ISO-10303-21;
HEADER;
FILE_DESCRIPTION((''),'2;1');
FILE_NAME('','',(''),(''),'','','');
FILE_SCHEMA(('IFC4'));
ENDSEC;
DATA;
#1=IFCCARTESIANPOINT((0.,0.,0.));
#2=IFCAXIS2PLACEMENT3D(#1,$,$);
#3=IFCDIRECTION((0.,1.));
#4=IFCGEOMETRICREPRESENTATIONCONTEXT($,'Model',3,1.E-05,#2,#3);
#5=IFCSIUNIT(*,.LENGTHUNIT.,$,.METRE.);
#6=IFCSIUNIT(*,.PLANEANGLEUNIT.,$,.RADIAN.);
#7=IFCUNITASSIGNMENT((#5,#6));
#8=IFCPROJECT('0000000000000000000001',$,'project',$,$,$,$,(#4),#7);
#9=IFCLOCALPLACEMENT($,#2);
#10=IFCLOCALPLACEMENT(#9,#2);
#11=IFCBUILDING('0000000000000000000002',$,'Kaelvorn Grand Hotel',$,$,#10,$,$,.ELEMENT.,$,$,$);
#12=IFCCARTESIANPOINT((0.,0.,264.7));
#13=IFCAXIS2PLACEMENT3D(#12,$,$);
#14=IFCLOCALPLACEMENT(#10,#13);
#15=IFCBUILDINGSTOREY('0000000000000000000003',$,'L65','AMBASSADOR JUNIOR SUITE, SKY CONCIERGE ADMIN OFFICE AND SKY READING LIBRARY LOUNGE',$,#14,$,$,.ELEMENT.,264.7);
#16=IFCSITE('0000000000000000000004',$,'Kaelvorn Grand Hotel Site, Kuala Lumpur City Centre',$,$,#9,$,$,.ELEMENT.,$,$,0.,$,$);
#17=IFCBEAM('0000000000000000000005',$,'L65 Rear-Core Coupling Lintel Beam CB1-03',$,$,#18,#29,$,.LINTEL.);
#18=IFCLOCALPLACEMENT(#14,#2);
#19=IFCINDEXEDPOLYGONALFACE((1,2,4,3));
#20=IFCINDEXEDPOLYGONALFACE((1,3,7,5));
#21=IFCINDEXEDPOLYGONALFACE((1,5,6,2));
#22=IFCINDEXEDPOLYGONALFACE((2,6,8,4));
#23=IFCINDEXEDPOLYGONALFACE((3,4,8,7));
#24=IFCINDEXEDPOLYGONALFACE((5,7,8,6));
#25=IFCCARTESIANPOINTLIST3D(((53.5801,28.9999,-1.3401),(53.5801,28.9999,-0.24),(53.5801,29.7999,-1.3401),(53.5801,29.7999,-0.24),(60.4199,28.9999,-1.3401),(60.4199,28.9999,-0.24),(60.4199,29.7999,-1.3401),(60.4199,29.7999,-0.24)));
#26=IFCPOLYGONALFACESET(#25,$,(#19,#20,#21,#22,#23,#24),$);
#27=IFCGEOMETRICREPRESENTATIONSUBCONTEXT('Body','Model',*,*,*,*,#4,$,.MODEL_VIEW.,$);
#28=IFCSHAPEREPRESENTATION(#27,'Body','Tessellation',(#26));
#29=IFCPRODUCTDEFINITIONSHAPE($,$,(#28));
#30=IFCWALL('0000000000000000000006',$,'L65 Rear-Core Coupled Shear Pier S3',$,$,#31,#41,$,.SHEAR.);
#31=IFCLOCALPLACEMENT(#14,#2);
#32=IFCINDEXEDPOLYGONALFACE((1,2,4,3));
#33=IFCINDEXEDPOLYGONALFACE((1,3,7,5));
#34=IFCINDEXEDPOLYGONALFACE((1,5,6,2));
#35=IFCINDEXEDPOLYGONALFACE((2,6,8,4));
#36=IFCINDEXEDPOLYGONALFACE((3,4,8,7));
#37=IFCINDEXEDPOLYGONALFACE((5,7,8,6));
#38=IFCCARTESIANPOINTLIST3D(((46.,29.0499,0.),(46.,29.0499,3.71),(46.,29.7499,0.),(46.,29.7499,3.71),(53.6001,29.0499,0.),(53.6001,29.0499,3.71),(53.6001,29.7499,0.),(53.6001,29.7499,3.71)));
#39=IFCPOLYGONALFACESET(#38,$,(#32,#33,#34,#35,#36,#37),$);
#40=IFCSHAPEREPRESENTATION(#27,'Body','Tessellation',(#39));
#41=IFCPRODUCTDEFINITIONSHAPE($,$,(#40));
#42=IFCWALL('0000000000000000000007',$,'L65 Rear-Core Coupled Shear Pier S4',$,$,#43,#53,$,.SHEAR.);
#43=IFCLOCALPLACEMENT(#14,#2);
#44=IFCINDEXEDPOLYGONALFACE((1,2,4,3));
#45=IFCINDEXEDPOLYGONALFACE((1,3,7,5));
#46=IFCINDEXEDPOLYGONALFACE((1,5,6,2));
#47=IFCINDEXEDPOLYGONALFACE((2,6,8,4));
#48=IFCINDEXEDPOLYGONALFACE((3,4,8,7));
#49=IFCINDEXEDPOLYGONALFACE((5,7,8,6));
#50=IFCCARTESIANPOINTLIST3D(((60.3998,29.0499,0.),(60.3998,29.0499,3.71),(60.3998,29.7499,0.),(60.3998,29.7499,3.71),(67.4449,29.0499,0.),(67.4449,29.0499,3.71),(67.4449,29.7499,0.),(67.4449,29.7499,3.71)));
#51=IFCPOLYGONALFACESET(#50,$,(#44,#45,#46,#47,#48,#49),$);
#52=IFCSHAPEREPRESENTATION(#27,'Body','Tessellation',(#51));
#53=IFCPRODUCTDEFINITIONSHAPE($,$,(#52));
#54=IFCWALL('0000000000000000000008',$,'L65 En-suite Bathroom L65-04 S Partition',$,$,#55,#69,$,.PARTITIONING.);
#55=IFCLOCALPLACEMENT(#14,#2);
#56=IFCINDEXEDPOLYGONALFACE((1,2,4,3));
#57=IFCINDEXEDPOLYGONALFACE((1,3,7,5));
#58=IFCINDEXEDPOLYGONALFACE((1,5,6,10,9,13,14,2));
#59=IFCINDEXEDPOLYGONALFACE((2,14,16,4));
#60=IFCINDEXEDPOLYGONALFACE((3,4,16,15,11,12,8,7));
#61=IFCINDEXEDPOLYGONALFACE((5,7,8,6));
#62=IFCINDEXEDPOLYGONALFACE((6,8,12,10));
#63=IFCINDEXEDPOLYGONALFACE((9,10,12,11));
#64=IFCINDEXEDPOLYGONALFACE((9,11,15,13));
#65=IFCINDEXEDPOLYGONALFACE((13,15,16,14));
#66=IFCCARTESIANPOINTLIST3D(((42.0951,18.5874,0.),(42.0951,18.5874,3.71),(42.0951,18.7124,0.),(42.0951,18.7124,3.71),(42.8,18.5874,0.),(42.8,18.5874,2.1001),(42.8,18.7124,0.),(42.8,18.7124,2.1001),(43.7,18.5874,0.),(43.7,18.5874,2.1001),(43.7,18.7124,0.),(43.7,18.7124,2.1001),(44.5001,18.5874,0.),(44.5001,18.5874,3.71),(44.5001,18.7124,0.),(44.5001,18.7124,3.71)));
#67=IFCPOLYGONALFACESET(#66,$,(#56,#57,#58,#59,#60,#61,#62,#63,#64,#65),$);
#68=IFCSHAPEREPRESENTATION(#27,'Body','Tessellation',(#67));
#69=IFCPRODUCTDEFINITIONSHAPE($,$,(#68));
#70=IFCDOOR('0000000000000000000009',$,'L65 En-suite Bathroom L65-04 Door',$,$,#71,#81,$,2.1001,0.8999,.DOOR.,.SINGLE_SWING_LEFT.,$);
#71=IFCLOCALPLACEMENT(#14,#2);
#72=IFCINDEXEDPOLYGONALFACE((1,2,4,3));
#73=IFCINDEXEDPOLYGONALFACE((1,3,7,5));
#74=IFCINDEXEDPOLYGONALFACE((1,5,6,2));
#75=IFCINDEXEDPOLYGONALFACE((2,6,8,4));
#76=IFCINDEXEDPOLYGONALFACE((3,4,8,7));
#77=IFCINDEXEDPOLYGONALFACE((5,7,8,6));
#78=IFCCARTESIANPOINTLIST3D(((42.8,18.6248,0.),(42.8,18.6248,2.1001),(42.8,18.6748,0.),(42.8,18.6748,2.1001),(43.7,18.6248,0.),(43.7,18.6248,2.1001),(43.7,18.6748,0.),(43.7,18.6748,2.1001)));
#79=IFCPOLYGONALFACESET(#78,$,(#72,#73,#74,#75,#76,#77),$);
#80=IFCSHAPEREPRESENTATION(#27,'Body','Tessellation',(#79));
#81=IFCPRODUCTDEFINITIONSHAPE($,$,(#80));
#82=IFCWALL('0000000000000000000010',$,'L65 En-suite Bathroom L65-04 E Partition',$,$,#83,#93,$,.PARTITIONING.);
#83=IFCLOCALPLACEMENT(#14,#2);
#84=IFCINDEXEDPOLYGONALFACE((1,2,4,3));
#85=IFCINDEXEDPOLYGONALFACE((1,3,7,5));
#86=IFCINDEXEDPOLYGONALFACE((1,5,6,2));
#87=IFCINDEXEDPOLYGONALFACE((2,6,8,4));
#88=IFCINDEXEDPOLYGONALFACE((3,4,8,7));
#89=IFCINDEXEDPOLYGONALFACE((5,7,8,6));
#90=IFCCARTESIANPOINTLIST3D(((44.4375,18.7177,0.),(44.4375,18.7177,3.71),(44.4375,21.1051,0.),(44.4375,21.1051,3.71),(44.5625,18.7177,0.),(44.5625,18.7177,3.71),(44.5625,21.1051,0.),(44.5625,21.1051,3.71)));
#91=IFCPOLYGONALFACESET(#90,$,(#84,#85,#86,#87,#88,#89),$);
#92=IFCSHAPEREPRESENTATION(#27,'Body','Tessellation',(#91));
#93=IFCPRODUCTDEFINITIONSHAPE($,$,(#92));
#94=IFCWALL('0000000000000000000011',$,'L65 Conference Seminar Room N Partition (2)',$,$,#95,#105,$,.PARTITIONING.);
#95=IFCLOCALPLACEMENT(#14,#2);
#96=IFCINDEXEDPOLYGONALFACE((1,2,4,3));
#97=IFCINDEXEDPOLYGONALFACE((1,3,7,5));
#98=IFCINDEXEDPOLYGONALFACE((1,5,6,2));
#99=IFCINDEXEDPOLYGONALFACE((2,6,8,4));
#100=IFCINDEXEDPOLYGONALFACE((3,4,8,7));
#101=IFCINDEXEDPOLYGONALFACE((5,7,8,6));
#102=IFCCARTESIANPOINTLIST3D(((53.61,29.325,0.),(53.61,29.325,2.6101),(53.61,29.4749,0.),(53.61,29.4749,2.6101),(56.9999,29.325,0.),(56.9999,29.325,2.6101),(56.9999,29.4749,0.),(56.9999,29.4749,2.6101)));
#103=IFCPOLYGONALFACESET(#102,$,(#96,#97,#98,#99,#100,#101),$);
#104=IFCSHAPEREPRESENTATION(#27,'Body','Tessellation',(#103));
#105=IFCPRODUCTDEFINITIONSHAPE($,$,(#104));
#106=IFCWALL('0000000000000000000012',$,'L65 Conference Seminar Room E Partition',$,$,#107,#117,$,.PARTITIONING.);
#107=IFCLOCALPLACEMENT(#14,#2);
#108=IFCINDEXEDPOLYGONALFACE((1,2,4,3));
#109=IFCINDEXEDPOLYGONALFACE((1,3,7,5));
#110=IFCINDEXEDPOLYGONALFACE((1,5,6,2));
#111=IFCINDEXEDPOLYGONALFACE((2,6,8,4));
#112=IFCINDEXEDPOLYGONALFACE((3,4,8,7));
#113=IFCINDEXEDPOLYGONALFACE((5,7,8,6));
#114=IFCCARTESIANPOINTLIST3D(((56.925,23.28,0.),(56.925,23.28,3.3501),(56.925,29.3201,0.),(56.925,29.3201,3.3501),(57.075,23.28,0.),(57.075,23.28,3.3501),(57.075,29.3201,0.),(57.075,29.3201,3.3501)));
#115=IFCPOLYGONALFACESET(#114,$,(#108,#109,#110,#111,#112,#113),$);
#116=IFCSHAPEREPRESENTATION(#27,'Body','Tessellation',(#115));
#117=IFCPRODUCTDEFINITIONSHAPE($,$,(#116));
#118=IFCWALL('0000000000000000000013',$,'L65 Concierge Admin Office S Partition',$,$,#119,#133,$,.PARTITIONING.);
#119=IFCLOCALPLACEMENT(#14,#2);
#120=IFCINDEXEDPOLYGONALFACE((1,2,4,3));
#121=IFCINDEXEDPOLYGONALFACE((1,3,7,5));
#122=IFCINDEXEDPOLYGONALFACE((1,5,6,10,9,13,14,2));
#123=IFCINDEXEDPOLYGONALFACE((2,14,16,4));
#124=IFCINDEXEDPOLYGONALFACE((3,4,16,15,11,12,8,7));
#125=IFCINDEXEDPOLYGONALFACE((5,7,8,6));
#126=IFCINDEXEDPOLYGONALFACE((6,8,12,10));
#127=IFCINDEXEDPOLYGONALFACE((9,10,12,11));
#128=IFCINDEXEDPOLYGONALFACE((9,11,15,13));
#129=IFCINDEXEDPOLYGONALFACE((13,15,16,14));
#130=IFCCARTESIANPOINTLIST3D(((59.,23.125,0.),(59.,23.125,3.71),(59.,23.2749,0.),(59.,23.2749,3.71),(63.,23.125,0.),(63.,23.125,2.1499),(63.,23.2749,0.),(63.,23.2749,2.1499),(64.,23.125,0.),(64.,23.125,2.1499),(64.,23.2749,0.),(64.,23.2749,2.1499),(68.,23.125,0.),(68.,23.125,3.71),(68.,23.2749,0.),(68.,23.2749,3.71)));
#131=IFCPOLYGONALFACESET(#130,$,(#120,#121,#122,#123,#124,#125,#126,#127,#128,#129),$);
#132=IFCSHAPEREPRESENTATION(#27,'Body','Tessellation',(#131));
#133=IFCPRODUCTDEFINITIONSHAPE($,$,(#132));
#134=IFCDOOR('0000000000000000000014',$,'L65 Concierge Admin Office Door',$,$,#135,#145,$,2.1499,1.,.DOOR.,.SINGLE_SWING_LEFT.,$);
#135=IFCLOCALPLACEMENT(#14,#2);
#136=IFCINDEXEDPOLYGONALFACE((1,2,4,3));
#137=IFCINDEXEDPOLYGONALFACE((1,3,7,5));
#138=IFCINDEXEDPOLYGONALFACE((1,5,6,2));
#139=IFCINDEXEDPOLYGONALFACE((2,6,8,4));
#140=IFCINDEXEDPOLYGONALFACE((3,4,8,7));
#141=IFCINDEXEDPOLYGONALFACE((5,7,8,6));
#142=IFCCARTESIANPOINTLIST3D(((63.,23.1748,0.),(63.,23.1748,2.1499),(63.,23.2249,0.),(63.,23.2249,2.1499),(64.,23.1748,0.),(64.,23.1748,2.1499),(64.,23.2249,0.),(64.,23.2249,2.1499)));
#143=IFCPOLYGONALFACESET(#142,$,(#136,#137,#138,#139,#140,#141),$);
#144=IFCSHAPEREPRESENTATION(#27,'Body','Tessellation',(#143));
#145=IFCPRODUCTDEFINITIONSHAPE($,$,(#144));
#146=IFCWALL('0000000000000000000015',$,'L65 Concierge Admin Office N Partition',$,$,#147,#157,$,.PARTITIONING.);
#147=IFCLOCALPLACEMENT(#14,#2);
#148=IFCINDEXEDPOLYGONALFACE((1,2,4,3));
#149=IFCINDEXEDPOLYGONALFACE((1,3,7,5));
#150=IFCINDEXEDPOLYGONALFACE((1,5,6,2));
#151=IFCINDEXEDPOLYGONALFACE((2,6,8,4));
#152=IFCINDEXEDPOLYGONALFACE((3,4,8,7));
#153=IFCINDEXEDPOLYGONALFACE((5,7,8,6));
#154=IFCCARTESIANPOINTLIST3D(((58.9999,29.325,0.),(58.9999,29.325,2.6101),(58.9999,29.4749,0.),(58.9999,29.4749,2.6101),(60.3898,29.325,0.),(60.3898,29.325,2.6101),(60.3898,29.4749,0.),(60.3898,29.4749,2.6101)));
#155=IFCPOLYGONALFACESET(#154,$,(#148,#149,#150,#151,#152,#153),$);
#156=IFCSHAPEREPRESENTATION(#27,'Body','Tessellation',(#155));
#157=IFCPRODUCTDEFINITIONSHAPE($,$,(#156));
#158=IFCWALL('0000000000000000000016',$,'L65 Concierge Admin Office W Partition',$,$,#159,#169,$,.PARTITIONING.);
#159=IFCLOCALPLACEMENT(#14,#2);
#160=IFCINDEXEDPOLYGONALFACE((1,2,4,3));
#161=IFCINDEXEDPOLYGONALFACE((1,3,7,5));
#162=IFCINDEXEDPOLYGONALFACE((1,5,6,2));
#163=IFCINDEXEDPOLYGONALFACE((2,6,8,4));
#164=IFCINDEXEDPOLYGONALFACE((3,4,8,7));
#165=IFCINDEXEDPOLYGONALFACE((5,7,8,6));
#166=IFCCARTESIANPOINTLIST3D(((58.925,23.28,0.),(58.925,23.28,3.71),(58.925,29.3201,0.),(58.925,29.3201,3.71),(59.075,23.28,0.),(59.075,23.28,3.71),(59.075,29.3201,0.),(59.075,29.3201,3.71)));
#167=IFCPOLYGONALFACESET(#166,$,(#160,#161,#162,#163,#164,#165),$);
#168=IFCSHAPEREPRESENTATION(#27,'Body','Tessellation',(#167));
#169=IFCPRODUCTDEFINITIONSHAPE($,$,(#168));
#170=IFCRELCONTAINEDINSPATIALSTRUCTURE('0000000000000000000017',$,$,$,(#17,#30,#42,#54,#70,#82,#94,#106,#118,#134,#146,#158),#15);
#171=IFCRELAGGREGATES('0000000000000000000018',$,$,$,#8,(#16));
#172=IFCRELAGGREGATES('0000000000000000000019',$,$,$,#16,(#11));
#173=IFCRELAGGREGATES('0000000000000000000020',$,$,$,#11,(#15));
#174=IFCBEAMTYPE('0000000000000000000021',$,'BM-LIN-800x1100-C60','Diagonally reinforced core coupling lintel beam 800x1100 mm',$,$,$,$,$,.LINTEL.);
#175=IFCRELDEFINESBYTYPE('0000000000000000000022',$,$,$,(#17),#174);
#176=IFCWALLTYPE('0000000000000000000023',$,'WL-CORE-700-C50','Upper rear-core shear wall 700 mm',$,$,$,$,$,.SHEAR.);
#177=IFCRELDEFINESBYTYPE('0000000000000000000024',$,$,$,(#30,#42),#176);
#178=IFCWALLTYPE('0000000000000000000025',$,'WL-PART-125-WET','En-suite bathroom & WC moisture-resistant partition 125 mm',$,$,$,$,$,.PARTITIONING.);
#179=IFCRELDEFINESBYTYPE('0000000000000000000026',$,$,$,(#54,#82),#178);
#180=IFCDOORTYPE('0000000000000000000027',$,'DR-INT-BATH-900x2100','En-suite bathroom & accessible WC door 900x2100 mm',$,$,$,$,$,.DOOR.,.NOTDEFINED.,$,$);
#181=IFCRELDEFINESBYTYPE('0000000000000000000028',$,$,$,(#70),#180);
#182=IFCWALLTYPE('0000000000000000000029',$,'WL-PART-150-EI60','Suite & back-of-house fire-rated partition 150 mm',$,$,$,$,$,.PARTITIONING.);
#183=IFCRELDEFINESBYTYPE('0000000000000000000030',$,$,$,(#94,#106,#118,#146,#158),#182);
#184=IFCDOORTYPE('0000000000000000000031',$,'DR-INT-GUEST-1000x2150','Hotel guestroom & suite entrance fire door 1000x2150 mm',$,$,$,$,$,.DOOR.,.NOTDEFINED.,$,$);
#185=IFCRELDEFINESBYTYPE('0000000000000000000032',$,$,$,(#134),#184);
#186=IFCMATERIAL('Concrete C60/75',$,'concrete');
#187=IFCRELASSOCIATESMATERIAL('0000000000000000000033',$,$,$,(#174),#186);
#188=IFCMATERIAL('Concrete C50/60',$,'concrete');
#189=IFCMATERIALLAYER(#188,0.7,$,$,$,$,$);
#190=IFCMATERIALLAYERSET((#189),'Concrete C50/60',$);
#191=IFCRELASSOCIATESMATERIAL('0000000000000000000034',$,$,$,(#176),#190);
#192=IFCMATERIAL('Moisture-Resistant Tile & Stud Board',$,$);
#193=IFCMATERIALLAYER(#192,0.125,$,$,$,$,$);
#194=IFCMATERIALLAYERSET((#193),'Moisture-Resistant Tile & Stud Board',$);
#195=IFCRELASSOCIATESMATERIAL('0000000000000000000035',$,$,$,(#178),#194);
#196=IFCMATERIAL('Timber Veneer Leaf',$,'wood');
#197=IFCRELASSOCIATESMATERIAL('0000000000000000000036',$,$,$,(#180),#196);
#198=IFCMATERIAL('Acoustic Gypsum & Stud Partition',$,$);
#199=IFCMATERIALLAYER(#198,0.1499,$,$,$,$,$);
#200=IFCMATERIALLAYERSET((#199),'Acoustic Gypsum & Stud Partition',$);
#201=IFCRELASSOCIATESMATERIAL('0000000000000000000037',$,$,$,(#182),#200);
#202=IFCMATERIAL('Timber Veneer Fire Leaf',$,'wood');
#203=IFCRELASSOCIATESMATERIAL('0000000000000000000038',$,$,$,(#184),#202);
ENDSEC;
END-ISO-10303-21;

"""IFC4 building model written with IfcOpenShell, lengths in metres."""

from ifc_helpers import new_model, si_unit, direction, frame, frame_2d, origin, origin_2d, place, context, subcontext, project, spatial, rectangle, extrude, material, layer, layer_set, material_profile, profile_set, type_object, element, fill, save


model = new_model("IFC4")

# Units and contexts
model_context = context("Model", 3, precision=1e-05, world=origin(), true_north=direction((0.0, 1.0)))
body_context = subcontext(model_context, "Body", "Model", "MODEL_VIEW")
ifc_project = project(units=[si_unit("LENGTHUNIT", "METRE"), si_unit("PLANEANGLEUNIT", "RADIAN")], contexts=[model_context])

# Site, building, storey
site_placement = place(None, origin())
site = spatial("IfcSite", under=ifc_project, at=site_placement, Name="Kaelvorn Grand Hotel Site, Kuala Lumpur City Centre", CompositionType="ELEMENT", RefElevation=0.0)
building_placement = place(site_placement, origin())
building = spatial("IfcBuilding", under=site, at=building_placement, Name="Kaelvorn Grand Hotel", CompositionType="ELEMENT")
storey_placement = place(building_placement, frame((0.0, 0.0, 264.7)))
storey = spatial("IfcBuildingStorey", under=building, at=storey_placement, Name="L65", Description="AMBASSADOR JUNIOR SUITE, SKY CONCIERGE ADMIN OFFICE AND SKY READING LIBRARY LOUNGE", CompositionType="ELEMENT", Elevation=264.7)

# Shared definitions
ifc_material_1 = material(Name="Concrete C50/60", Category="concrete")

# Beam
ifc_material_2 = material(Name="Concrete C60/75", Category="concrete")
ifc_material_profile_1 = material_profile(ifc_material_2, rectangle(XDim=0.8, YDim=1.1001, at=origin_2d()), Name="RC LINTEL 800x1100")
ifc_profile_set_1 = profile_set([ifc_material_profile_1], Name="Concrete C60/75")
beam_type_1 = type_object("IfcBeamType", Name="BM-LIN-800x1100-C60", Description="Diagonally reinforced core coupling lintel beam 800x1100 mm", PredefinedType="LINTEL", material=ifc_profile_set_1)
beam_1_placement = place(storey_placement, frame((53.5801, 29.3999, -0.79), z_axis=(1.0, 0.0, 0.0), x_axis=(0.0, 1.0, 0.0)))
element("IfcBeam", 1, at=beam_1_placement, inside=storey, type_object=beam_type_1, Name="L65 Rear-Core Coupling Lintel Beam CB1-03", PredefinedType="LINTEL", context=body_context, shape_type="SweptSolid", body=[
    extrude(rectangle(XDim=0.8, YDim=1.1001, at=origin_2d()), origin(), (0.0, 0.0, 1.0), 6.8398),
])

# Walls
ifc_layer_1 = layer(ifc_material_1, 0.7)
ifc_layer_set_1 = layer_set([ifc_layer_1], Name="Concrete C50/60")
wall_type_1 = type_object("IfcWallType", Name="WL-CORE-700-C50", Description="Upper rear-core shear wall 700 mm", PredefinedType="SHEAR", material=ifc_layer_set_1)
wall_1_placement = place(storey_placement, frame((46.0, 29.3999, 0.0), z_axis=(0.0, 0.0, 1.0), x_axis=(1.0, 0.0, 0.0)))
element("IfcWall", 2, at=wall_1_placement, inside=storey, type_object=wall_type_1, Name="L65 Rear-Core Coupled Shear Pier S3", PredefinedType="SHEAR", context=body_context, shape_type="SweptSolid", body=[
    extrude(rectangle(XDim=7.6001, YDim=0.7, at=frame_2d((3.8, 0.0))), origin(), (0.0, 0.0, 1.0), 3.71),
])
wall_2_placement = place(storey_placement, frame((60.3999, 29.3999, 0.0), z_axis=(0.0, 0.0, 1.0), x_axis=(1.0, 0.0, 0.0)))
element("IfcWall", 3, at=wall_2_placement, inside=storey, type_object=wall_type_1, Name="L65 Rear-Core Coupled Shear Pier S4", PredefinedType="SHEAR", context=body_context, shape_type="SweptSolid", body=[
    extrude(rectangle(XDim=7.0452, YDim=0.7, at=frame_2d((3.5225, 0.0))), origin(), (0.0, 0.0, 1.0), 3.71),
])

# Wall, opening, door
ifc_material_3 = material(Name="Moisture-Resistant Tile & Stud Board")
ifc_layer_2 = layer(ifc_material_3, 0.125)
ifc_layer_set_2 = layer_set([ifc_layer_2], Name="Moisture-Resistant Tile & Stud Board")
wall_type_2 = type_object("IfcWallType", Name="WL-PART-125-WET", Description="En-suite bathroom & WC moisture-resistant partition 125 mm", PredefinedType="PARTITIONING", material=ifc_layer_set_2)
wall_3_placement = place(storey_placement, frame((42.095, 18.6499, 0.0), z_axis=(0.0, 0.0, 1.0), x_axis=(1.0, 0.0, 0.0)))
wall_3 = element("IfcWall", 4, at=wall_3_placement, inside=storey, type_object=wall_type_2, Name="L65 En-suite Bathroom L65-04 S Partition", PredefinedType="PARTITIONING", context=body_context, shape_type="SweptSolid", body=[
    extrude(rectangle(XDim=2.405, YDim=0.125, at=frame_2d((1.2026, 0.0))), origin(), (0.0, 0.0, 1.0), 3.71),
])
opening_1_placement = place(wall_3_placement, frame((0.7051, 0.0, 0.0)))
opening_1 = element("IfcOpeningElement", 5, at=opening_1_placement, cuts=wall_3, PredefinedType="OPENING", context=body_context, shape_type="SweptSolid", body=[
    extrude(rectangle(XDim=0.8999, YDim=2.1001, at=frame_2d((0.45, 1.05))), frame((0.0, 0.0725, 0.0), z_axis=(0.0, -1.0, 0.0), x_axis=(1.0, 0.0, 0.0)), (0.0, 0.0, 1.0), 0.145),
])
ifc_material_4 = material(Name="Timber Veneer Leaf", Category="wood")
door_type_1 = type_object("IfcDoorType", Name="DR-INT-BATH-900x2100", Description="En-suite bathroom & accessible WC door 900x2100 mm", OperationType="NOTDEFINED", PredefinedType="DOOR", material=ifc_material_4)
door_1_placement = place(opening_1_placement, origin())
door_1 = element("IfcDoor", 6, at=door_1_placement, inside=storey, type_object=door_type_1, Name="L65 En-suite Bathroom L65-04 Door", OperationType="SINGLE_SWING_LEFT", OverallHeight=2.1001, OverallWidth=0.8999, PredefinedType="DOOR", context=body_context, shape_type="SweptSolid", body=[
    extrude(rectangle(XDim=0.8999, YDim=2.1001, at=frame_2d((0.45, 1.05))), frame((0.0, 0.0249, 0.0), z_axis=(0.0, -1.0, 0.0), x_axis=(1.0, 0.0, 0.0)), (0.0, 0.0, 1.0), 0.05),
])
fill(opening_1, door_1)

# Walls
wall_4_placement = place(storey_placement, frame((44.5, 18.7175, 0.0), z_axis=(0.0, 0.0, 1.0), x_axis=(0.0, 1.0, 0.0)))
element("IfcWall", 7, at=wall_4_placement, inside=storey, type_object=wall_type_2, Name="L65 En-suite Bathroom L65-04 E Partition", PredefinedType="PARTITIONING", context=body_context, shape_type="SweptSolid", body=[
    extrude(rectangle(XDim=2.3875, YDim=0.125, at=frame_2d((1.1938, 0.0))), origin(), (0.0, 0.0, 1.0), 3.71),
])
ifc_material_5 = material(Name="Acoustic Gypsum & Stud Partition")
ifc_layer_3 = layer(ifc_material_5, 0.1499)
ifc_layer_set_3 = layer_set([ifc_layer_3], Name="Acoustic Gypsum & Stud Partition")
wall_type_3 = type_object("IfcWallType", Name="WL-PART-150-EI60", Description="Suite & back-of-house fire-rated partition 150 mm", PredefinedType="PARTITIONING", material=ifc_layer_set_3)
wall_5_placement = place(storey_placement, frame((53.6101, 29.3999, 0.0), z_axis=(0.0, 0.0, 1.0), x_axis=(1.0, 0.0, 0.0)))
element("IfcWall", 8, at=wall_5_placement, inside=storey, type_object=wall_type_3, Name="L65 Conference Seminar Room N Partition (2)", PredefinedType="PARTITIONING", context=body_context, shape_type="SweptSolid", body=[
    extrude(rectangle(XDim=3.3899, YDim=0.1499, at=frame_2d((1.6948, 0.0))), origin(), (0.0, 0.0, 1.0), 2.6101),
])
wall_6_placement = place(storey_placement, frame((57.0, 23.28, 0.0), z_axis=(0.0, 0.0, 1.0), x_axis=(0.0, 1.0, 0.0)))
element("IfcWall", 9, at=wall_6_placement, inside=storey, type_object=wall_type_3, Name="L65 Conference Seminar Room E Partition", PredefinedType="PARTITIONING", context=body_context, shape_type="SweptSolid", body=[
    extrude(rectangle(XDim=6.04, YDim=0.1499, at=frame_2d((3.02, 0.0))), origin(), (0.0, 0.0, 1.0), 3.3501),
])

# Wall, opening, door
wall_7_placement = place(storey_placement, frame((59.0, 23.2, 0.0), z_axis=(0.0, 0.0, 1.0), x_axis=(1.0, 0.0, 0.0)))
wall_7 = element("IfcWall", 10, at=wall_7_placement, inside=storey, type_object=wall_type_3, Name="L65 Concierge Admin Office S Partition", PredefinedType="PARTITIONING", context=body_context, shape_type="SweptSolid", body=[
    extrude(rectangle(XDim=9.0, YDim=0.1499, at=frame_2d((4.5, 0.0))), origin(), (0.0, 0.0, 1.0), 3.71),
])
opening_2_placement = place(wall_7_placement, frame((4.0, 0.0, 0.0)))
opening_2 = element("IfcOpeningElement", 11, at=opening_2_placement, cuts=wall_7, PredefinedType="OPENING", context=body_context, shape_type="SweptSolid", body=[
    extrude(rectangle(XDim=1.0, YDim=2.1499, at=frame_2d((0.5, 1.075))), frame((0.0, 0.085, 0.0), z_axis=(0.0, -1.0, 0.0), x_axis=(1.0, 0.0, 0.0)), (0.0, 0.0, 1.0), 0.1699),
])
ifc_material_6 = material(Name="Timber Veneer Fire Leaf", Category="wood")
door_type_2 = type_object("IfcDoorType", Name="DR-INT-GUEST-1000x2150", Description="Hotel guestroom & suite entrance fire door 1000x2150 mm", OperationType="NOTDEFINED", PredefinedType="DOOR", material=ifc_material_6)
door_2_placement = place(opening_2_placement, origin())
door_2 = element("IfcDoor", 12, at=door_2_placement, inside=storey, type_object=door_type_2, Name="L65 Concierge Admin Office Door", OperationType="SINGLE_SWING_LEFT", OverallHeight=2.1499, OverallWidth=1.0, PredefinedType="DOOR", context=body_context, shape_type="SweptSolid", body=[
    extrude(rectangle(XDim=1.0, YDim=2.1499, at=frame_2d((0.5, 1.075))), frame((0.0, 0.0249, 0.0), z_axis=(0.0, -1.0, 0.0), x_axis=(1.0, 0.0, 0.0)), (0.0, 0.0, 1.0), 0.05),
])
fill(opening_2, door_2)

# Walls
wall_8_placement = place(storey_placement, frame((59.0, 29.3999, 0.0), z_axis=(0.0, 0.0, 1.0), x_axis=(1.0, 0.0, 0.0)))
element("IfcWall", 13, at=wall_8_placement, inside=storey, type_object=wall_type_3, Name="L65 Concierge Admin Office N Partition", PredefinedType="PARTITIONING", context=body_context, shape_type="SweptSolid", body=[
    extrude(rectangle(XDim=1.3899, YDim=0.1499, at=frame_2d((0.6948, 0.0))), origin(), (0.0, 0.0, 1.0), 2.6101),
])
wall_9_placement = place(storey_placement, frame((59.0, 23.28, 0.0), z_axis=(0.0, 0.0, 1.0), x_axis=(0.0, 1.0, 0.0)))
element("IfcWall", 14, at=wall_9_placement, inside=storey, type_object=wall_type_3, Name="L65 Concierge Admin Office W Partition", PredefinedType="PARTITIONING", context=body_context, shape_type="SweptSolid", body=[
    extrude(rectangle(XDim=6.04, YDim=0.1499, at=frame_2d((3.02, 0.0))), origin(), (0.0, 0.0, 1.0), 3.71),
])

save(model, "model.ifc")
